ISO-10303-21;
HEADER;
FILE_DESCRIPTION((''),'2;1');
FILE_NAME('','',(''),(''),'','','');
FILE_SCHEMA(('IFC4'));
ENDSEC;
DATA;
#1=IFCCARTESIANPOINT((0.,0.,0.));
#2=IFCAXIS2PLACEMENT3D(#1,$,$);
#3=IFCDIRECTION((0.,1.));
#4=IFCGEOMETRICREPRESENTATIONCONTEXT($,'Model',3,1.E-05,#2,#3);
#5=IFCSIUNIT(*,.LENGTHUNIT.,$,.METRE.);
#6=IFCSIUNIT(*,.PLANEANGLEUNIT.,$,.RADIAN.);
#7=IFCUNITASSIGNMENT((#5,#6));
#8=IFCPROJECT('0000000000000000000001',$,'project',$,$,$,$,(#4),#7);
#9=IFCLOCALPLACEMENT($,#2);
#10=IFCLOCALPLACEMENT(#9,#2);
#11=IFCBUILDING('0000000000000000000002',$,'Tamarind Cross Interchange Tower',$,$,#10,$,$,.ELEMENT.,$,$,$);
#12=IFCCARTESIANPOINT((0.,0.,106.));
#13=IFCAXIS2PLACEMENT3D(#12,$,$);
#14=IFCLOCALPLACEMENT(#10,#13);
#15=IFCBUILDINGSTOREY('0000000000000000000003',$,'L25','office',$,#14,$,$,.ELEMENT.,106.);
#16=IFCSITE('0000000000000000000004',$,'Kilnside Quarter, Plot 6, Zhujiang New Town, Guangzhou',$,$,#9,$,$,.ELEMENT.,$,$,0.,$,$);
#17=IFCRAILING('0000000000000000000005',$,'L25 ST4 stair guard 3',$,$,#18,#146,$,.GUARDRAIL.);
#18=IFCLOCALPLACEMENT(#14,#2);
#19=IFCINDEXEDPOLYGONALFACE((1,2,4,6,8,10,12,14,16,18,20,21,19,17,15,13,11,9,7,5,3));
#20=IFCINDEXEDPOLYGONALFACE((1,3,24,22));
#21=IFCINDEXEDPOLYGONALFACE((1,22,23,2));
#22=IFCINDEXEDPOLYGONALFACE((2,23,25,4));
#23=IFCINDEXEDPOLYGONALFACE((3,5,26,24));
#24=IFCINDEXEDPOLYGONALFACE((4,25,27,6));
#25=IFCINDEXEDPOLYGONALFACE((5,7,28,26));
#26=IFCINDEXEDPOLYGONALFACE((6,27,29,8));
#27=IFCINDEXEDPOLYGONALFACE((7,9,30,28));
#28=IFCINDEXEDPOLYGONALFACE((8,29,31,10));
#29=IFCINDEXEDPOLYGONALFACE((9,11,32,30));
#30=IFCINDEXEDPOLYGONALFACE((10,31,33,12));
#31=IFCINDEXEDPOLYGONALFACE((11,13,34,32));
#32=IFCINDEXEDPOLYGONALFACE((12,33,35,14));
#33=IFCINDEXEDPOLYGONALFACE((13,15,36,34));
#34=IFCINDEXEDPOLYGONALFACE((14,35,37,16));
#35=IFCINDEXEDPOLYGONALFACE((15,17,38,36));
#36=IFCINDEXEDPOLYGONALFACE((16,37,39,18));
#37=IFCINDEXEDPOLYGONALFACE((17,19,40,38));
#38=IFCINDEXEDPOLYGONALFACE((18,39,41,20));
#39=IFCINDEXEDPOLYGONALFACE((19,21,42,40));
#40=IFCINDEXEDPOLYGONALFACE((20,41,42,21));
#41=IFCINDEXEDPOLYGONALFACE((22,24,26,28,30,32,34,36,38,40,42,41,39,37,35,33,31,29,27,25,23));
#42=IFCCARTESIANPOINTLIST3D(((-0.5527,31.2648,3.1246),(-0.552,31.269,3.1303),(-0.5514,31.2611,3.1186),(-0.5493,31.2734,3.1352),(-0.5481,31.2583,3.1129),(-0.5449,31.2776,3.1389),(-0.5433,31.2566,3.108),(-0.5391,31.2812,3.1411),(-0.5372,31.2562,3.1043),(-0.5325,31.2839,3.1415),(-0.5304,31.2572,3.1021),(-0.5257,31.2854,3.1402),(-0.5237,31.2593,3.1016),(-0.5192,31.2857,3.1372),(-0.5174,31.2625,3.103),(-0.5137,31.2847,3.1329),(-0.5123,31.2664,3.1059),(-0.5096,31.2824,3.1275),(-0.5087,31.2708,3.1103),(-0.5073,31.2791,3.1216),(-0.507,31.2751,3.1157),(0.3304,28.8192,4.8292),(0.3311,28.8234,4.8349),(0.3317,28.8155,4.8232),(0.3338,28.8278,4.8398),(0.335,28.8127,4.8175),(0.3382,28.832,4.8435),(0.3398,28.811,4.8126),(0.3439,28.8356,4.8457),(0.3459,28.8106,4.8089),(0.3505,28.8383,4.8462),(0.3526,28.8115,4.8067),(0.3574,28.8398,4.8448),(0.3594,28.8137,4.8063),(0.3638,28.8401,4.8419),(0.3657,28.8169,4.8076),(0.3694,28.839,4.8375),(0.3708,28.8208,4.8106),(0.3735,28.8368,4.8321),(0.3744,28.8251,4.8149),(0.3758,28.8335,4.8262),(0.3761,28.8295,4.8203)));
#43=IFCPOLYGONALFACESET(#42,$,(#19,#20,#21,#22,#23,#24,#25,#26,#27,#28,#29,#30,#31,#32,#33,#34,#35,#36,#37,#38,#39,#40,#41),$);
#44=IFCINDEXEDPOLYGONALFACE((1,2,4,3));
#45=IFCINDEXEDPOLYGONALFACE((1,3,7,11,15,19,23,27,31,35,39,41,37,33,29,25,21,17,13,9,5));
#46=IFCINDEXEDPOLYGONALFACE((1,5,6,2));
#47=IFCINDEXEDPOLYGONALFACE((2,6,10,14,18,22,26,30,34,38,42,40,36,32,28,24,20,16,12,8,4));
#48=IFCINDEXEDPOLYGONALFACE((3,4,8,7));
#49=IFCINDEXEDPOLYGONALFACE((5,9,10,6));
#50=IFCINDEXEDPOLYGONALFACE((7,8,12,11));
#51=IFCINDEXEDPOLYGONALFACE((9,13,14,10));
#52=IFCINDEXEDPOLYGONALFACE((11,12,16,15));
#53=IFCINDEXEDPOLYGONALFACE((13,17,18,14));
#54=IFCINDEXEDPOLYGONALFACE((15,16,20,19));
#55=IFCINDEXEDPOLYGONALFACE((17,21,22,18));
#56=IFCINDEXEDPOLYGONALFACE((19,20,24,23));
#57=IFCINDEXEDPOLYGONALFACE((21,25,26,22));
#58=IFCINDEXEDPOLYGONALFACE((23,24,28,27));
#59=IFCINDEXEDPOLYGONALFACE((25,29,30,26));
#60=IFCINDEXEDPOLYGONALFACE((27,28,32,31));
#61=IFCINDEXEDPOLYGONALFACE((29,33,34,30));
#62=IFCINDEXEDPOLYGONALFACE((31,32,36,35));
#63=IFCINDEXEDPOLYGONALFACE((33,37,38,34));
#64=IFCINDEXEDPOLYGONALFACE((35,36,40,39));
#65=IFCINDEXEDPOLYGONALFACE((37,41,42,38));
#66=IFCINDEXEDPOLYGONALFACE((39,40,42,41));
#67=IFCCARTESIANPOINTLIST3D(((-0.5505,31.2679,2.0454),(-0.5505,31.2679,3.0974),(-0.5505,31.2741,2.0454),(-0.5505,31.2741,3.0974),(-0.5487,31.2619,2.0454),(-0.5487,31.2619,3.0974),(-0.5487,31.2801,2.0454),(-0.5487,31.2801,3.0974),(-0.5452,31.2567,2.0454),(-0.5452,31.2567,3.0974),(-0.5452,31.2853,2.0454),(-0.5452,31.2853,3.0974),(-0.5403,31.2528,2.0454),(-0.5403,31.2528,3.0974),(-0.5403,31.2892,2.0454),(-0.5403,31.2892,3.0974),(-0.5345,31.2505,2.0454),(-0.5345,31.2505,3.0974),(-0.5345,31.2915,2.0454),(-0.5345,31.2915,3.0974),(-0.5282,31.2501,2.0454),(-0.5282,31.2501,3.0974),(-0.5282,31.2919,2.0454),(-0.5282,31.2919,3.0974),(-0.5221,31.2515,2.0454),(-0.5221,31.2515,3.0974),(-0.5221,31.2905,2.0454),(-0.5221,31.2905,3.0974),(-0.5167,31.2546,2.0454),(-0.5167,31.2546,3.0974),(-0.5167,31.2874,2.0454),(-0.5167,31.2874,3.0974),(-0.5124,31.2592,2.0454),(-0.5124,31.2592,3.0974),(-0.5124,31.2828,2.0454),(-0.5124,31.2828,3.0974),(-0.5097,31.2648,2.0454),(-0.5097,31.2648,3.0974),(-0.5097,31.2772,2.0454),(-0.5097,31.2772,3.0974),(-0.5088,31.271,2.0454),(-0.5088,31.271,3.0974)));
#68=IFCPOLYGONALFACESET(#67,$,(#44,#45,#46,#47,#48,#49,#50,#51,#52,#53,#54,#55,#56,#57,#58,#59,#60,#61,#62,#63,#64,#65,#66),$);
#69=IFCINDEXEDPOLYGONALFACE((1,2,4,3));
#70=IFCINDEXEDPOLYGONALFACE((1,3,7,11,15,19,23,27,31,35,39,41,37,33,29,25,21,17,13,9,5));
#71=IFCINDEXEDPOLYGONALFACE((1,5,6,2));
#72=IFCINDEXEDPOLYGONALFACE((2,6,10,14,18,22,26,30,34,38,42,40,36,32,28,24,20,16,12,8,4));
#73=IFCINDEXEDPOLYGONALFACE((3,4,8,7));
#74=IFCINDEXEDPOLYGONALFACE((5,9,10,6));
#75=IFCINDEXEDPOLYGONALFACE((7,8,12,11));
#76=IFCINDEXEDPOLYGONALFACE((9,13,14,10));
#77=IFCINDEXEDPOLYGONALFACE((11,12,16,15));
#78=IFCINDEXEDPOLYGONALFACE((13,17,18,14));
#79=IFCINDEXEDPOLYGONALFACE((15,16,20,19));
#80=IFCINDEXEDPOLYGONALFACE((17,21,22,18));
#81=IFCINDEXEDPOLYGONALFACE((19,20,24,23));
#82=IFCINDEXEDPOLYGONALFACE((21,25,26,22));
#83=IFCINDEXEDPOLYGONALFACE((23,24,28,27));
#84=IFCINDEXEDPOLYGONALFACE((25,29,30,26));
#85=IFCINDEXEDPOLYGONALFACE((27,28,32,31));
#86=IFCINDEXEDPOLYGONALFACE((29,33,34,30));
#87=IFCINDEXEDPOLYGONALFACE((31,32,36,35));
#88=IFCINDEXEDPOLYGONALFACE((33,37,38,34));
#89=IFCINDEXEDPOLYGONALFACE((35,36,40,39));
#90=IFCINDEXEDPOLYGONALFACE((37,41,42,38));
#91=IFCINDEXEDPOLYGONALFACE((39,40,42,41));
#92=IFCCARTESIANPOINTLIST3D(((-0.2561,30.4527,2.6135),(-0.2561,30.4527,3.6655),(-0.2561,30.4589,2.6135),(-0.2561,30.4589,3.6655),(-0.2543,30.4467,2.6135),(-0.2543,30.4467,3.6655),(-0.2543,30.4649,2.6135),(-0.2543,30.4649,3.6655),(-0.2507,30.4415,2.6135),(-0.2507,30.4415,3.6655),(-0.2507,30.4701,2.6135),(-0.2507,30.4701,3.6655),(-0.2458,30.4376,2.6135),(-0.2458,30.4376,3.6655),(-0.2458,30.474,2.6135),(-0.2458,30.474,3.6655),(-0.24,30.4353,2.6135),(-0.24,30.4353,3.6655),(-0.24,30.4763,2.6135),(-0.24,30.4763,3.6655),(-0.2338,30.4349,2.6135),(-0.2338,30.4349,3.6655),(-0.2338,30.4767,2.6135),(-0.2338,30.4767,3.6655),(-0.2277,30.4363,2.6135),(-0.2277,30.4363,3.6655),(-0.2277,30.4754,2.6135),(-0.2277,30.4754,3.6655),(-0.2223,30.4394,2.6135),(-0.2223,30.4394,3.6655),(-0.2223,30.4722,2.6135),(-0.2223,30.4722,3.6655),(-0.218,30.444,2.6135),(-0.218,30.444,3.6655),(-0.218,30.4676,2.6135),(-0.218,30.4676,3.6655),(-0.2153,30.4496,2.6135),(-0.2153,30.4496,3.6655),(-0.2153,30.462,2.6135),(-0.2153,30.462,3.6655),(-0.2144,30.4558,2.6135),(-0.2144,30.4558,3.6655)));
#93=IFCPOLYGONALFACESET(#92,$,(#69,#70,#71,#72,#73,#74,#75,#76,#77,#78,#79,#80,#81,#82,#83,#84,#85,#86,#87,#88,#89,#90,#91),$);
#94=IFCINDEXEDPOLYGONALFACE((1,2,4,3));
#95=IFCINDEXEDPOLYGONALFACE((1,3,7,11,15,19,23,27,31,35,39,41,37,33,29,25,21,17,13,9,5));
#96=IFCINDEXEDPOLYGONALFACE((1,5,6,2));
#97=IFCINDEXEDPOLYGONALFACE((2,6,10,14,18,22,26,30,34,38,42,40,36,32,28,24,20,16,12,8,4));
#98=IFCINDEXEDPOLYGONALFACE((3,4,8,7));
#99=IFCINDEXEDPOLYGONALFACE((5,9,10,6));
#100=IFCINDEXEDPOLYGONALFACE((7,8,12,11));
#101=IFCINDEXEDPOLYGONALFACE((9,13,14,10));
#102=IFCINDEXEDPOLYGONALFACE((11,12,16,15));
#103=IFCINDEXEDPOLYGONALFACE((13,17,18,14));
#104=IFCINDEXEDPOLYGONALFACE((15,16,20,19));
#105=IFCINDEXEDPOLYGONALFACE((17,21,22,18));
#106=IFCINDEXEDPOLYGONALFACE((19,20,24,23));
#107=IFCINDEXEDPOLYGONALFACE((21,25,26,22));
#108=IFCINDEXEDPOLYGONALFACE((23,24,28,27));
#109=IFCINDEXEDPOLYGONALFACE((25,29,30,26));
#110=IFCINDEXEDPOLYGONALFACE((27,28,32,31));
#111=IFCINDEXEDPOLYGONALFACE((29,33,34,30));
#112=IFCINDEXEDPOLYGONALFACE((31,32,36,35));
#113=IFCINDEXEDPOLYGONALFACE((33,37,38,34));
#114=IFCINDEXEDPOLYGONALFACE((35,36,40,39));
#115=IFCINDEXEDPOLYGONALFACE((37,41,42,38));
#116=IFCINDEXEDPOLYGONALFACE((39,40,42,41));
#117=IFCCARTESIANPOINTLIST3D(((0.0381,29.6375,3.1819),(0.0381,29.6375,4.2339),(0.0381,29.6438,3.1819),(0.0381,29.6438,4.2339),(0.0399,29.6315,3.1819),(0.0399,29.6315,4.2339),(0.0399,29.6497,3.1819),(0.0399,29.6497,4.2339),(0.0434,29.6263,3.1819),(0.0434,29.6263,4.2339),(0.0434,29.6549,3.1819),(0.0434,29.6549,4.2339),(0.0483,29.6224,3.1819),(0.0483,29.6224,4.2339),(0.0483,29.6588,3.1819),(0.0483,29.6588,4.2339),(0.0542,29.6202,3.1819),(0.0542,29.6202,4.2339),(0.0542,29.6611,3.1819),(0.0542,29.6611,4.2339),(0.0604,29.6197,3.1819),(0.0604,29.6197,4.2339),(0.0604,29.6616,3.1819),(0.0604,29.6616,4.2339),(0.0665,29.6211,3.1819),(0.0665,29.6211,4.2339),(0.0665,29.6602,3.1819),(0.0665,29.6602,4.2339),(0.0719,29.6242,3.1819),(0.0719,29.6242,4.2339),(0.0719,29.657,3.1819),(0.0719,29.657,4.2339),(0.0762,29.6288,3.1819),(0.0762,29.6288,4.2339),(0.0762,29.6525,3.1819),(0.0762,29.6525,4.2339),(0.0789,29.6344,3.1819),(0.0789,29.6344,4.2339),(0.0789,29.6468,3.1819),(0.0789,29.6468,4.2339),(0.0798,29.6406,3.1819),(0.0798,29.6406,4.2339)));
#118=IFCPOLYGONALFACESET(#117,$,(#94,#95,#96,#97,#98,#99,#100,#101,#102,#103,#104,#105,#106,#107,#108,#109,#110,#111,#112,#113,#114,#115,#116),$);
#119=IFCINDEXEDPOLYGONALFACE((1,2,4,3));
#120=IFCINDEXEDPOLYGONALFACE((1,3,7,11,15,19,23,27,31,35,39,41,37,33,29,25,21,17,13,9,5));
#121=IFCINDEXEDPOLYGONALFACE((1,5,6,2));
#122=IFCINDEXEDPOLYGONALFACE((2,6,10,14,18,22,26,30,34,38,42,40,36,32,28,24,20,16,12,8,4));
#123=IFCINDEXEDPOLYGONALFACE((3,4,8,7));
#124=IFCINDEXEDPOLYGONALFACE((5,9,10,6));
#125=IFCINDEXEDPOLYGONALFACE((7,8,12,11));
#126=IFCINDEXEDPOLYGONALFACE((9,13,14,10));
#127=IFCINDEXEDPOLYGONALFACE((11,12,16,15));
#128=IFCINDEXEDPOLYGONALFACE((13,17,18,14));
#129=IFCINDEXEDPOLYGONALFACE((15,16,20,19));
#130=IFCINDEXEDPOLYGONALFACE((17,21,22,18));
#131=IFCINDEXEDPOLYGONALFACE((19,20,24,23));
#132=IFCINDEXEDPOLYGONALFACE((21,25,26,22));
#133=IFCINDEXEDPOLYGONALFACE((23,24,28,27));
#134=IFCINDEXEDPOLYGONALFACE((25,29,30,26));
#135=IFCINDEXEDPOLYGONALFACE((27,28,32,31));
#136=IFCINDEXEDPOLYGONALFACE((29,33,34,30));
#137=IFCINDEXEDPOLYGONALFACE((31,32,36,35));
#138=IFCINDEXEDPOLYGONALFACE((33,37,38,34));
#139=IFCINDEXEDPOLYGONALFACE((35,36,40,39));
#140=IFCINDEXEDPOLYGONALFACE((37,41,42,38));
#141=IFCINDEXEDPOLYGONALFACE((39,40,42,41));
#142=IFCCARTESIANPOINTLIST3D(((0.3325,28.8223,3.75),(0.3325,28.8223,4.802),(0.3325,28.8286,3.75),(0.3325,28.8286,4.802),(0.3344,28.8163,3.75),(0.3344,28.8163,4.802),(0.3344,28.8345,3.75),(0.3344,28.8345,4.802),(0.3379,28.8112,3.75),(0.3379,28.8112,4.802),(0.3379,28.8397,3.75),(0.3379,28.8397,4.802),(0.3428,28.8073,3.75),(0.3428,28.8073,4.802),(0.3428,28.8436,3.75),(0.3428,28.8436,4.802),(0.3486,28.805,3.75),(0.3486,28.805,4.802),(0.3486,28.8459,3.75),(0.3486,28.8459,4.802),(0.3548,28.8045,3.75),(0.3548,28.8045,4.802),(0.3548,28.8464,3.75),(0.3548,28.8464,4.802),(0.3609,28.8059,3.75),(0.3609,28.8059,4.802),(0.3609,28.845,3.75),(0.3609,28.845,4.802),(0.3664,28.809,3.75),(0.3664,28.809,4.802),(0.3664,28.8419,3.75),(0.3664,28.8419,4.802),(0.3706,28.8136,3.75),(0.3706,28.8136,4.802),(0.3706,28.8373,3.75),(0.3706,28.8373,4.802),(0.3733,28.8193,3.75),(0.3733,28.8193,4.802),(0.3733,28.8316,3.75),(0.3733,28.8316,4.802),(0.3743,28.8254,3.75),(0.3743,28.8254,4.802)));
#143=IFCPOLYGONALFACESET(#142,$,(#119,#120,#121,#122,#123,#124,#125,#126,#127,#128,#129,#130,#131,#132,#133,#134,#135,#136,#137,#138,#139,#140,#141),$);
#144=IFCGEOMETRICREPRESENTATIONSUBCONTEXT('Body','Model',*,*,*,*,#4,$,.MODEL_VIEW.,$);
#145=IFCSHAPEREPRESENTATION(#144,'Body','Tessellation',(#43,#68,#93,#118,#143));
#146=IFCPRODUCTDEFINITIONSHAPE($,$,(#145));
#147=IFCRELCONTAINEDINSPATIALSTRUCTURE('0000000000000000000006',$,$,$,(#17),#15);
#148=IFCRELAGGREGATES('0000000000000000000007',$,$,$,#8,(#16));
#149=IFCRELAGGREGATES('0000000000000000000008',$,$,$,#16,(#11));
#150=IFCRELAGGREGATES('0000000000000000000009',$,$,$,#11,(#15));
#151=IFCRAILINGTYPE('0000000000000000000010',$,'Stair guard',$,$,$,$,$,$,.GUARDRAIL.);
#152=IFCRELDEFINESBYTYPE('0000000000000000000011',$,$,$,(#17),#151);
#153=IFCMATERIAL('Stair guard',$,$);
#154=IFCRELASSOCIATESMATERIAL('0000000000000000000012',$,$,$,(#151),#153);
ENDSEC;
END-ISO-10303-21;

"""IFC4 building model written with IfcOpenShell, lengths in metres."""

from ifc_helpers import new_model, si_unit, direction, frame, origin, origin_2d, place, context, subcontext, project, spatial, circle, extrude, material, type_object, element, save


model = new_model("IFC4")

# Units and contexts
model_context = context("Model", 3, precision=1e-05, world=origin(), true_north=direction((0.0, 1.0)))
body_context = subcontext(model_context, "Body", "Model", "MODEL_VIEW")
ifc_project = project(units=[si_unit("LENGTHUNIT", "METRE"), si_unit("PLANEANGLEUNIT", "RADIAN")], contexts=[model_context])

# Site, building, storey
site_placement = place(None, origin())
site = spatial("IfcSite", under=ifc_project, at=site_placement, Name="Kilnside Quarter, Plot 6, Zhujiang New Town, Guangzhou", CompositionType="ELEMENT", RefElevation=0.0)
building_placement = place(site_placement, origin())
building = spatial("IfcBuilding", under=site, at=building_placement, Name="Tamarind Cross Interchange Tower", CompositionType="ELEMENT")
storey_placement = place(building_placement, frame((0.0, 0.0, 106.0)))
storey = spatial("IfcBuildingStorey", under=building, at=storey_placement, Name="L25", Description="office", CompositionType="ELEMENT", Elevation=106.0)

# Railing
ifc_material_1 = material(Name="Stair guard")
railing_type_1 = type_object("IfcRailingType", Name="Stair guard", PredefinedType="GUARDRAIL", material=ifc_material_1)
railing_1_placement = place(storey_placement, frame((-0.5298, 31.271, 2.0454)))
element("IfcRailing", 1, at=railing_1_placement, inside=storey, type_object=railing_type_1, Name="L25 ST4 stair guard 3", PredefinedType="GUARDRAIL", context=body_context, shape_type="SweptSolid", body=[
    extrude(circle(Radius=0.0239, at=origin_2d()), frame((0.0, 0.0, 1.0762), z_axis=(0.284028, -0.786594, 0.548268), x_axis=(0.940561, 0.339624, 0.0)), (0.0, 0.0, 1.0), 3.1091),
    extrude(circle(Radius=0.021, at=origin_2d()), origin(), (0.0, 0.0, 1.0), 1.052),
    extrude(circle(Radius=0.021, at=origin_2d()), frame((0.2944, -0.8152, 0.5681)), (0.0, 0.0, 1.0), 1.052),
    extrude(circle(Radius=0.021, at=origin_2d()), frame((0.5886, -1.6304, 1.1365)), (0.0, 0.0, 1.0), 1.052),
    extrude(circle(Radius=0.021, at=origin_2d()), frame((0.8831, -2.4456, 1.7046)), (0.0, 0.0, 1.0), 1.052),
])

save(model, "model.ifc")
